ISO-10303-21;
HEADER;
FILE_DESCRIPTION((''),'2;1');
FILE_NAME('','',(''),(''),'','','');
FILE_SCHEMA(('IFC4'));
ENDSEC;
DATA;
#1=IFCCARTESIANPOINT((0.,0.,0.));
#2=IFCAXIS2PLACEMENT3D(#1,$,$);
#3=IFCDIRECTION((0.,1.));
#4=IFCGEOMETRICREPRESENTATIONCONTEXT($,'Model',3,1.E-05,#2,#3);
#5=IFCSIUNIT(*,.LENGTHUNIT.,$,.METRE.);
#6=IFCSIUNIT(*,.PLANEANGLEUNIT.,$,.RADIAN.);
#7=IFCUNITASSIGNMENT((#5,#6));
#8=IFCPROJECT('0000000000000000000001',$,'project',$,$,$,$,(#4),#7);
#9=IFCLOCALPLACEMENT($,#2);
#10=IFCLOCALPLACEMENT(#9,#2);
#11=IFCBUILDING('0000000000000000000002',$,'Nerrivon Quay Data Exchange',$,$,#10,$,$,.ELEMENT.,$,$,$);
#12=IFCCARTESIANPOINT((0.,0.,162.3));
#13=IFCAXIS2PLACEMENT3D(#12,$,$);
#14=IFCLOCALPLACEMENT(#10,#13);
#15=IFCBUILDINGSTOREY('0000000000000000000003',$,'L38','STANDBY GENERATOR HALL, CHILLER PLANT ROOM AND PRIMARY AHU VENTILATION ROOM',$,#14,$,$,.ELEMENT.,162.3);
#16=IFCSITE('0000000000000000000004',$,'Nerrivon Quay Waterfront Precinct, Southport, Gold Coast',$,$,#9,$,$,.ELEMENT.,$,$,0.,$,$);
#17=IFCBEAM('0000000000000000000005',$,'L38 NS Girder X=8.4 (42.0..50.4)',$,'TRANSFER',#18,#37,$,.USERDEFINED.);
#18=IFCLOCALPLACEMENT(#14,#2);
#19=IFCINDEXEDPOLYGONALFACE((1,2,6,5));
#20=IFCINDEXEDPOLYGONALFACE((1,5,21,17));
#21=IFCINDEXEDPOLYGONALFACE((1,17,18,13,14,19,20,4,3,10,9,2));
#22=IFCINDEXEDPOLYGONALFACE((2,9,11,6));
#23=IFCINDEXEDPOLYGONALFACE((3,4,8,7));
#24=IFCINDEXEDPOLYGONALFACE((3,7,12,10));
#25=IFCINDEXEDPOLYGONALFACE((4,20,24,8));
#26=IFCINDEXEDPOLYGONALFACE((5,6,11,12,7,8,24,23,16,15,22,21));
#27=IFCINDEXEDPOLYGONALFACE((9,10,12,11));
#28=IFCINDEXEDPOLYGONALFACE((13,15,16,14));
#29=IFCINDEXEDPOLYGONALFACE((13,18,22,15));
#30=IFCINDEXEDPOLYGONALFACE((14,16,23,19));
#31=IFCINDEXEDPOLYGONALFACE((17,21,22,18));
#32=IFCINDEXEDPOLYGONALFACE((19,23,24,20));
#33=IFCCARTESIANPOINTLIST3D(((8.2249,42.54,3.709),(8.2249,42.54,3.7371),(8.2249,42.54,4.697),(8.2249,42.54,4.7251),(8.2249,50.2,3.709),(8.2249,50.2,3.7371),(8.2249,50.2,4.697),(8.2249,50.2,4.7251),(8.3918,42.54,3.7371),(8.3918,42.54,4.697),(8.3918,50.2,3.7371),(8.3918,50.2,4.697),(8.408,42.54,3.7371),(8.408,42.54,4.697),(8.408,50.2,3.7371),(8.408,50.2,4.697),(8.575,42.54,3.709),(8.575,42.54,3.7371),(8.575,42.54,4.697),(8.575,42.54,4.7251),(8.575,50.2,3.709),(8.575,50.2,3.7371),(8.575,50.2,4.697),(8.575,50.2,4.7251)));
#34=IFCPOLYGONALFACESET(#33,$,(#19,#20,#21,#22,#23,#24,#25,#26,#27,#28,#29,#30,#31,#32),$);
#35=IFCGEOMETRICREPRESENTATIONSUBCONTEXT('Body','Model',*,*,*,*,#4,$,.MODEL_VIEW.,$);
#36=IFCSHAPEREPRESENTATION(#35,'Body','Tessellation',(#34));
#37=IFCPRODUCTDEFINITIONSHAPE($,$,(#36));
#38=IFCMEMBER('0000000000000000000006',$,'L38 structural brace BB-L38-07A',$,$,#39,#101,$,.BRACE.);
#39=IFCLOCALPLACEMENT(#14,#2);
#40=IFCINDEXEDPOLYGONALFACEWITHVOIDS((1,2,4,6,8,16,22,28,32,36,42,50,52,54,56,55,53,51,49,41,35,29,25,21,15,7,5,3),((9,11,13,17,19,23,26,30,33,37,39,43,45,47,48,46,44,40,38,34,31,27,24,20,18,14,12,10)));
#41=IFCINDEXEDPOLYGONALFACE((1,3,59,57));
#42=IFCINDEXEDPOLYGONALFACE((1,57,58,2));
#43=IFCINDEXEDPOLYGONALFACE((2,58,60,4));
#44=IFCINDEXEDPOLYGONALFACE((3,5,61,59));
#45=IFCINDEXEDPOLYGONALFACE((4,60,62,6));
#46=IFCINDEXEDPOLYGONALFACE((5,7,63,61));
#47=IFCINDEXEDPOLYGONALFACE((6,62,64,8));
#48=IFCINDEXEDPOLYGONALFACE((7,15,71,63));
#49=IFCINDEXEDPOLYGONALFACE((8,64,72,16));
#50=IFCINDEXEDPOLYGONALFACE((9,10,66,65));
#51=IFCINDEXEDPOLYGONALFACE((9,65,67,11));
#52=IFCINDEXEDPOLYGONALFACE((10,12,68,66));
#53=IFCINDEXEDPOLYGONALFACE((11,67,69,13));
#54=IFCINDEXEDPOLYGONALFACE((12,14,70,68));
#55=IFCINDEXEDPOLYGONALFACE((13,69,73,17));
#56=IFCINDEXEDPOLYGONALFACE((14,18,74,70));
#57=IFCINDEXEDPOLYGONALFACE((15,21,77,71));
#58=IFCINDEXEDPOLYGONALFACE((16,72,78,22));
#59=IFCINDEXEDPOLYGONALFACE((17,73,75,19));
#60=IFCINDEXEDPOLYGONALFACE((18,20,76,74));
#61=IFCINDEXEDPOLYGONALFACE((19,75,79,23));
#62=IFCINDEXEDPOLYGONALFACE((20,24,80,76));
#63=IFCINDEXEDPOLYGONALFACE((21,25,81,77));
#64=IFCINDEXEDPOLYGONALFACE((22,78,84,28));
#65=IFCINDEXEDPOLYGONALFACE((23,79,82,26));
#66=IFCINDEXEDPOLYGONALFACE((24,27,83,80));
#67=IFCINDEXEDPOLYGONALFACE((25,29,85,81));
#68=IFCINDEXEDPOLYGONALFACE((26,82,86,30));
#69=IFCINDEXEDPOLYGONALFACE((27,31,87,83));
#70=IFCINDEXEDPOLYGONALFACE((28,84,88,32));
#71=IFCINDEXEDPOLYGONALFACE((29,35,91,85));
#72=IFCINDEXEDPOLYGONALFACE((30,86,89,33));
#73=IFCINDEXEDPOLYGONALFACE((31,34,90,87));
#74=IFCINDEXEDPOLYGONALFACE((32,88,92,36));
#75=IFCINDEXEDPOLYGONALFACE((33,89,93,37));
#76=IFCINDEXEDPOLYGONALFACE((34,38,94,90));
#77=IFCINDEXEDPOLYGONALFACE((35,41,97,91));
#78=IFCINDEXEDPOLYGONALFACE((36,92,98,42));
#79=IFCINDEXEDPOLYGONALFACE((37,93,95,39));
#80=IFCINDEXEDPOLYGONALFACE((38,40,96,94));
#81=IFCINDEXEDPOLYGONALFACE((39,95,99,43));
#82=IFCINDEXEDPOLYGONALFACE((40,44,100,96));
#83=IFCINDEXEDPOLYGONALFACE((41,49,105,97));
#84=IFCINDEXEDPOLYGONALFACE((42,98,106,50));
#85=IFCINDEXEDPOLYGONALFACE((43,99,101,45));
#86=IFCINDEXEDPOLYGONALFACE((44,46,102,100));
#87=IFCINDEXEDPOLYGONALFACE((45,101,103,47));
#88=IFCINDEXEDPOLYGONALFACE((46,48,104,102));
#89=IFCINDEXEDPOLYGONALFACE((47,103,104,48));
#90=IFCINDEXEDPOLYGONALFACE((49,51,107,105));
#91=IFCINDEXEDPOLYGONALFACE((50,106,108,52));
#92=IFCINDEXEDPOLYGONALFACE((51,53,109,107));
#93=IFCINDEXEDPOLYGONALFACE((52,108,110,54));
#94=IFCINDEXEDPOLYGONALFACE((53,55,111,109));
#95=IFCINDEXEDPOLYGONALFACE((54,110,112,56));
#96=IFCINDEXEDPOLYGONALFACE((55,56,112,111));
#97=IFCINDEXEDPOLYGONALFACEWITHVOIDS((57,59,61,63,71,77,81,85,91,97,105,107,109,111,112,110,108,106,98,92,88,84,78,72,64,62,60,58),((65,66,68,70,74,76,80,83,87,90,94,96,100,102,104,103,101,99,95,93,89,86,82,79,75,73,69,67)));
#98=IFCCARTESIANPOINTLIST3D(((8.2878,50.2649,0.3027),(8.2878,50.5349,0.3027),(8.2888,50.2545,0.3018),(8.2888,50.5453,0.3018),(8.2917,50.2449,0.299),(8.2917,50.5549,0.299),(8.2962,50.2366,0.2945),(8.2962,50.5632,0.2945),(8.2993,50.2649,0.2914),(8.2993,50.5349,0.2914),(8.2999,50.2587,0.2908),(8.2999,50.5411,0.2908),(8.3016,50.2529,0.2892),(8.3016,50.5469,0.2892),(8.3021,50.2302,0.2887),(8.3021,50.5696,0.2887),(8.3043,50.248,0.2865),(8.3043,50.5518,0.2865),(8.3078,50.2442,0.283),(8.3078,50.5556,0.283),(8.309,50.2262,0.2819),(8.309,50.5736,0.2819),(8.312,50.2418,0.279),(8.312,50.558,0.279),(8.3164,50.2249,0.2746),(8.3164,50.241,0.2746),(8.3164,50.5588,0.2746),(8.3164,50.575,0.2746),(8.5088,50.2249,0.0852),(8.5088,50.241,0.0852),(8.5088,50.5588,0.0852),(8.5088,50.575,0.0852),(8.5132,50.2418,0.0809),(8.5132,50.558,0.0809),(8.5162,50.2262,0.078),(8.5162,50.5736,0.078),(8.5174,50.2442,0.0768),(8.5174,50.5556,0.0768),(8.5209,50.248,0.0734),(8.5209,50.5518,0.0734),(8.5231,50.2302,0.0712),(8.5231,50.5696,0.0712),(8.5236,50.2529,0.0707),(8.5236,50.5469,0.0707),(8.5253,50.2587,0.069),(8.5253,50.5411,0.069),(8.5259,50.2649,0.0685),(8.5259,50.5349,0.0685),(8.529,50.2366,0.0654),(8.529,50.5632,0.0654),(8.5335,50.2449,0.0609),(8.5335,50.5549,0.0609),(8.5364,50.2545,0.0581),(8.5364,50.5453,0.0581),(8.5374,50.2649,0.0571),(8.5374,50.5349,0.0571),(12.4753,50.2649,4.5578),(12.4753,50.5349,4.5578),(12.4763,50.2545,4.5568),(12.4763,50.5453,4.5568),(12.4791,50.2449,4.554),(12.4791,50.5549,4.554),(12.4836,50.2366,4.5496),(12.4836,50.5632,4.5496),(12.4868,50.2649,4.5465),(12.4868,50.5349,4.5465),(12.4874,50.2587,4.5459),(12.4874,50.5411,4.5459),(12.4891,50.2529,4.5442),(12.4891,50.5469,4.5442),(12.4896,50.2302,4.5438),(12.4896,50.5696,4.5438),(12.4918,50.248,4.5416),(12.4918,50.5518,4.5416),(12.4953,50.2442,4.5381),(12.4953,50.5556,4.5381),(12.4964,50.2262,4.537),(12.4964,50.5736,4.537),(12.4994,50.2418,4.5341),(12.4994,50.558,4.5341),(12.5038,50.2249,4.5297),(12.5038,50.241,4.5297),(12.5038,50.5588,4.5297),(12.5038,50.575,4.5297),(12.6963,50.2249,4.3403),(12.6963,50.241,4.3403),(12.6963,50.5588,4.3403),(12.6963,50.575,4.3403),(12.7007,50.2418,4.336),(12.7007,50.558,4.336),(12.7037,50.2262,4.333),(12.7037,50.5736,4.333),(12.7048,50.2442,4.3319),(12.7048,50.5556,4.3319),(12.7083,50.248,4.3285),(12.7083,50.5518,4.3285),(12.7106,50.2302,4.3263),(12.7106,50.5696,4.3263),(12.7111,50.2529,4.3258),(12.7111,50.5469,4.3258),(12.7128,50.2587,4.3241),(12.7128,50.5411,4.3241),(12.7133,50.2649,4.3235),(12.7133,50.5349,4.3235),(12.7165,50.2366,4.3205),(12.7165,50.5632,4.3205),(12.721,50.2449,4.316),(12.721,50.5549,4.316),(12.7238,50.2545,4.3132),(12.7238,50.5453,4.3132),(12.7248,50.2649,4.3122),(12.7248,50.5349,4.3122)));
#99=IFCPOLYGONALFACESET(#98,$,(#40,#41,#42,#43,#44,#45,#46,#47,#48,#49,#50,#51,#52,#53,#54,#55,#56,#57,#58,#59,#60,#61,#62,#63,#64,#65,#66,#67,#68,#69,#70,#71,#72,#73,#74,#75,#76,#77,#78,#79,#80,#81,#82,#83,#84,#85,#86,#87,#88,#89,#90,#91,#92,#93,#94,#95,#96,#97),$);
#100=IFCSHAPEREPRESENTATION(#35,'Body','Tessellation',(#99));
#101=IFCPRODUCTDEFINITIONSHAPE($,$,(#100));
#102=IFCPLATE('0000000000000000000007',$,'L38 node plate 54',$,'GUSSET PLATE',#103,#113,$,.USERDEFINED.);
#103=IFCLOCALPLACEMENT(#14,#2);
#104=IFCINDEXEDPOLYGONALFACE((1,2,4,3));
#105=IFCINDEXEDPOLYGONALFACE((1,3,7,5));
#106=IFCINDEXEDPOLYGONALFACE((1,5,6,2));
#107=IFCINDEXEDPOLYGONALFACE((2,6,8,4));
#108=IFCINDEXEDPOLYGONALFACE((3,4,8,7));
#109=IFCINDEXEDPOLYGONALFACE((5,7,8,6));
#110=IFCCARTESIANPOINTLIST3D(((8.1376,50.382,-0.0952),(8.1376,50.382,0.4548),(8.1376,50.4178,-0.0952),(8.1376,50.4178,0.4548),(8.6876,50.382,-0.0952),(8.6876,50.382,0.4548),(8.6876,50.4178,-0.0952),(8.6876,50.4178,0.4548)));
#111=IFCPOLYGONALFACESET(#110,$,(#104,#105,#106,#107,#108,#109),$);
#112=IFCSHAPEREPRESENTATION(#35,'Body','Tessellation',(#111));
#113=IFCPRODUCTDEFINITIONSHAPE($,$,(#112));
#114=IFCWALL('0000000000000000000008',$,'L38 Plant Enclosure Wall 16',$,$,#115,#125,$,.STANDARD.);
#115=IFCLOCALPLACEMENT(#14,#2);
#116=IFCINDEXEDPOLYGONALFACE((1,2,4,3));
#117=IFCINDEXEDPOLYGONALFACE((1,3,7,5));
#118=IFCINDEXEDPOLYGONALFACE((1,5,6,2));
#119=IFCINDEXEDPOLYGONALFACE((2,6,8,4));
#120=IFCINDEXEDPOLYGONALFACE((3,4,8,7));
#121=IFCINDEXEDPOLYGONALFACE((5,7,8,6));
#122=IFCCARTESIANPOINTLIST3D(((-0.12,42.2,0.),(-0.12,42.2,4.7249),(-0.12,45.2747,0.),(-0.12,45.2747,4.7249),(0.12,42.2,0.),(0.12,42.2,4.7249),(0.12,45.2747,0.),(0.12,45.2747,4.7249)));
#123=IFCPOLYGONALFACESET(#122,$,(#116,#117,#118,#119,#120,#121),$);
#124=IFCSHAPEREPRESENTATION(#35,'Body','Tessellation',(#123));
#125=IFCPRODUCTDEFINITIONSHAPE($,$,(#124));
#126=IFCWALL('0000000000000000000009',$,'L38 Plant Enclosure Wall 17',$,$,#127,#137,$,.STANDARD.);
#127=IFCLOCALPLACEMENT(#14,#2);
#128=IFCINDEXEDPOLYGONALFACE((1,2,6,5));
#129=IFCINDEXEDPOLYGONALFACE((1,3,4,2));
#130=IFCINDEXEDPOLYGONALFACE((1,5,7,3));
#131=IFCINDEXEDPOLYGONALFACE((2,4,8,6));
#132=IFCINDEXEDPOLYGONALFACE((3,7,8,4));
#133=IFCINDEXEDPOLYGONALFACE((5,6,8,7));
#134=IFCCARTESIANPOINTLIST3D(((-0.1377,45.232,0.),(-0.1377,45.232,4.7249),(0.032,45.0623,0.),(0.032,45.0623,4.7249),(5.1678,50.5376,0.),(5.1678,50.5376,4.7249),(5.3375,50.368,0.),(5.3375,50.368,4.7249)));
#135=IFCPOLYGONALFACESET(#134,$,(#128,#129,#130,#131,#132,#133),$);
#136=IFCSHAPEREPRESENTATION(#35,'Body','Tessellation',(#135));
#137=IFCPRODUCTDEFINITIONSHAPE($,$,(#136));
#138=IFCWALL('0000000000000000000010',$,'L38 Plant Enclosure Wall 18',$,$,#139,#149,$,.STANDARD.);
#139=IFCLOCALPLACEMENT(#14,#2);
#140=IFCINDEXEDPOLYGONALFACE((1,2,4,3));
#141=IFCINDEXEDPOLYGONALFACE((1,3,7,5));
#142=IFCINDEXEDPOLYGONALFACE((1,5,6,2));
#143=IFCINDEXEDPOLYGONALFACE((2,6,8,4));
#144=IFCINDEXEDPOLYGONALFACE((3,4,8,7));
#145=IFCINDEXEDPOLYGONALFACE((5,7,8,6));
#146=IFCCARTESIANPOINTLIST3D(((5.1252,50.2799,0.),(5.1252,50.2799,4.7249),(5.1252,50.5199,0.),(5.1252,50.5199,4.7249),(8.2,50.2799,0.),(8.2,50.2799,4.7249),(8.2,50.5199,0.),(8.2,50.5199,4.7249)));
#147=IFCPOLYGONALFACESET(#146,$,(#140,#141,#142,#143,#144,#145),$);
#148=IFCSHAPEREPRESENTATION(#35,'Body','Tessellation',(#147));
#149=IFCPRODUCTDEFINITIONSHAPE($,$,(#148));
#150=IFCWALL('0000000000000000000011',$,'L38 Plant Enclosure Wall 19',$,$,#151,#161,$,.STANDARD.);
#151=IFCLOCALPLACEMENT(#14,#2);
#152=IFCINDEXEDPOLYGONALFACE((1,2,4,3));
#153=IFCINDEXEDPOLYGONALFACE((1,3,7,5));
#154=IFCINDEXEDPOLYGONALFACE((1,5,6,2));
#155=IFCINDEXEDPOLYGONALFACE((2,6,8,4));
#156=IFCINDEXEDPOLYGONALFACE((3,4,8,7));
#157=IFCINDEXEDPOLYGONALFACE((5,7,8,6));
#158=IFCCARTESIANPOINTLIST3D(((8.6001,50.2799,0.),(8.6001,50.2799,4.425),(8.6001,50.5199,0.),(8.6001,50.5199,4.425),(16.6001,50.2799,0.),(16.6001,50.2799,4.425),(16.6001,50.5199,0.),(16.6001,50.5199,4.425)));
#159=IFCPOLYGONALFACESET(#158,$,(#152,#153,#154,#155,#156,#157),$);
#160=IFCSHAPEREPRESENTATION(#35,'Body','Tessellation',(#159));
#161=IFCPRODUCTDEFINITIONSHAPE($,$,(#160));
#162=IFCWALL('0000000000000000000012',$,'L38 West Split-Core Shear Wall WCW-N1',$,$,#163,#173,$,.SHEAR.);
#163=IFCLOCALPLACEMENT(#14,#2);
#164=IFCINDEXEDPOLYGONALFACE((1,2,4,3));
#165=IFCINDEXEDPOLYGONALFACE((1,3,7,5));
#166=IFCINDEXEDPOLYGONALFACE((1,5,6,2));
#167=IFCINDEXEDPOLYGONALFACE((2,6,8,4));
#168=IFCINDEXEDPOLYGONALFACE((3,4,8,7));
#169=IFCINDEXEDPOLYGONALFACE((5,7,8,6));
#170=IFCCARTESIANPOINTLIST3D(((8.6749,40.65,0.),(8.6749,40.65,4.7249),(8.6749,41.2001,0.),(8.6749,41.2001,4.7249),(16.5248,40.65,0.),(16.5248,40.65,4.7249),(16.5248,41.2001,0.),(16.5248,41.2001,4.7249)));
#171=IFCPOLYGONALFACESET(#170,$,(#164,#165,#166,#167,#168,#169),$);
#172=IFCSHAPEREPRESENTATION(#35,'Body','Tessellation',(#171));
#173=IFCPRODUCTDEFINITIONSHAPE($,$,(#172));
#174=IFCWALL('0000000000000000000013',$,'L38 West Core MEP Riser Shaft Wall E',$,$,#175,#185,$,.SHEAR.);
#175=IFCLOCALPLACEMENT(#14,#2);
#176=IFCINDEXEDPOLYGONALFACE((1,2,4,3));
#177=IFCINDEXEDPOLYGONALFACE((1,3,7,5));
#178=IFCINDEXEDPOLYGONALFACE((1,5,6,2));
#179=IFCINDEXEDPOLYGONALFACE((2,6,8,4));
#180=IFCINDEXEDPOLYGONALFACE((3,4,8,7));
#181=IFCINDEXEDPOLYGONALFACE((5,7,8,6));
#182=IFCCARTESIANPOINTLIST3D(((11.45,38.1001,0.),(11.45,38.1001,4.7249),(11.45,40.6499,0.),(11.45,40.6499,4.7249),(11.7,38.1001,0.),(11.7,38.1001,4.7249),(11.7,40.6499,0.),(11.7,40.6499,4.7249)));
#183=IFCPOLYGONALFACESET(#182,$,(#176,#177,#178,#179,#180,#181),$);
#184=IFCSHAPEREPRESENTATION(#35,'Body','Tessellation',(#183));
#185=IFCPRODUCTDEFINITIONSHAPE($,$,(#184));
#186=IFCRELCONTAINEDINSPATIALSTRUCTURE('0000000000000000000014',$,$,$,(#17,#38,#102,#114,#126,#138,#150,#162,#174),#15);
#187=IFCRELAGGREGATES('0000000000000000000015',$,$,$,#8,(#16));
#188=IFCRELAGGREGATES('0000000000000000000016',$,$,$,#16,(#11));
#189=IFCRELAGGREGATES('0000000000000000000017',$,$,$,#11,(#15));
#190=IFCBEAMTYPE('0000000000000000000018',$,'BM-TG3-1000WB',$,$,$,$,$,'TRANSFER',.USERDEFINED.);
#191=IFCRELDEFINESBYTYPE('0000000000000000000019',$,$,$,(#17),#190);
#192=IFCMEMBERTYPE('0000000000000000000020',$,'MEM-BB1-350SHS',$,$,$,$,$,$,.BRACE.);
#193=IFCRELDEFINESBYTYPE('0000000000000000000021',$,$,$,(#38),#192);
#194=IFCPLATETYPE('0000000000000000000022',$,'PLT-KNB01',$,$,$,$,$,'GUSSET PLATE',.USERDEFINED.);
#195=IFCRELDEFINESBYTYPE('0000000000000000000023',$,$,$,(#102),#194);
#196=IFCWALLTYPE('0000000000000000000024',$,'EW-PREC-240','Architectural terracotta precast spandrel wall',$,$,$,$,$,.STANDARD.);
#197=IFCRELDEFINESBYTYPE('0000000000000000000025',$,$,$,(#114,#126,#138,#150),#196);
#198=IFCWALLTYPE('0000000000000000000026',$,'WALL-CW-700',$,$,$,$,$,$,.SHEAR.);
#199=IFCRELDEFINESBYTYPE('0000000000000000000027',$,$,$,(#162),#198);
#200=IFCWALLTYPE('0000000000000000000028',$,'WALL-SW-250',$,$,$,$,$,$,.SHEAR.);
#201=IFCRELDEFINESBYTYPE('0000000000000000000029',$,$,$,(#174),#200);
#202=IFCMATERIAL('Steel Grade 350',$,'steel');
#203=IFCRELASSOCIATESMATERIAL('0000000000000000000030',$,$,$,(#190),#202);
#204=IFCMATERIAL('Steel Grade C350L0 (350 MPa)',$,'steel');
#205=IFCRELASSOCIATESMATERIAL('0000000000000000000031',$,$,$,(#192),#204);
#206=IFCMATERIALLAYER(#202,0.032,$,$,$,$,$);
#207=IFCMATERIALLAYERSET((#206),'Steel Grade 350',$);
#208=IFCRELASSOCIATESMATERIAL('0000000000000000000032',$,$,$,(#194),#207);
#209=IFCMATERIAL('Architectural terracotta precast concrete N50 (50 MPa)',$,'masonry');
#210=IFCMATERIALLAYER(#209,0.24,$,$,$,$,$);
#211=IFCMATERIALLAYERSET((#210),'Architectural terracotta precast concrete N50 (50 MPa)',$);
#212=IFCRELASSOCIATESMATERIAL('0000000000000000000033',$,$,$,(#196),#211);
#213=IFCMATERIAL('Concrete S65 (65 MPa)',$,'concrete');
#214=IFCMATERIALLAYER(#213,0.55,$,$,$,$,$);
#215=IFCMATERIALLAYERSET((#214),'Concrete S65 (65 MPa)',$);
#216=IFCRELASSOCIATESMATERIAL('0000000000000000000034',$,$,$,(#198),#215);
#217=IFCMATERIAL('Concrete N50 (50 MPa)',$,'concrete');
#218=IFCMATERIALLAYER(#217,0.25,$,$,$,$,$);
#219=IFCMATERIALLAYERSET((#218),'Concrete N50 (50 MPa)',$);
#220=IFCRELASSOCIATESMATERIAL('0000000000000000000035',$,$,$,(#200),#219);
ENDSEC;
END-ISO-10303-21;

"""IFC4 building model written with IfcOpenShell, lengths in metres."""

from ifc_helpers import new_model, si_unit, direction, frame, frame_2d, origin, origin_2d, place, context, subcontext, project, spatial, rectangle, hollow_rectangle, i_section, extrude, material, layer, layer_set, material_profile, profile_set, type_object, element, save


model = new_model("IFC4")

# Units and contexts
model_context = context("Model", 3, precision=1e-05, world=origin(), true_north=direction((0.0, 1.0)))
body_context = subcontext(model_context, "Body", "Model", "MODEL_VIEW")
ifc_project = project(units=[si_unit("LENGTHUNIT", "METRE"), si_unit("PLANEANGLEUNIT", "RADIAN")], contexts=[model_context])

# Site, building, storey
site_placement = place(None, origin())
site = spatial("IfcSite", under=ifc_project, at=site_placement, Name="Nerrivon Quay Waterfront Precinct, Southport, Gold Coast", CompositionType="ELEMENT", RefElevation=0.0)
building_placement = place(site_placement, origin())
building = spatial("IfcBuilding", under=site, at=building_placement, Name="Nerrivon Quay Data Exchange", CompositionType="ELEMENT")
storey_placement = place(building_placement, frame((0.0, 0.0, 162.3)))
storey = spatial("IfcBuildingStorey", under=building, at=storey_placement, Name="L38", Description="STANDBY GENERATOR HALL, CHILLER PLANT ROOM AND PRIMARY AHU VENTILATION ROOM", CompositionType="ELEMENT", Elevation=162.3)

# Shared definitions
ifc_material_1 = material(Name="Concrete S65 (65 MPa)", Category="concrete")
ifc_material_2 = material(Name="Steel Grade 350", Category="steel")

# Beam
ifc_material_3 = material(Name="Steel Grade C350L0 (350 MPa)", Category="steel")
ifc_material_profile_1 = material_profile(ifc_material_2, i_section(OverallWidth=0.3501, OverallDepth=1.0161, WebThickness=0.0161, FlangeThickness=0.0281, at=origin_2d()), Name="1000WB258")
ifc_profile_set_1 = profile_set([ifc_material_profile_1], Name="Steel Grade 350")
beam_type_1 = type_object("IfcBeamType", Name="BM-TG3-1000WB", ElementType="TRANSFER", PredefinedType="USERDEFINED", material=ifc_profile_set_1)
beam_1_placement = place(storey_placement, frame((8.3999, 42.54, 4.217), z_axis=(0.0, 1.0, 0.0), x_axis=(-1.0, 0.0, 0.0)))
element("IfcBeam", 1, at=beam_1_placement, inside=storey, type_object=beam_type_1, Name="L38 NS Girder X=8.4 (42.0..50.4)", ObjectType="TRANSFER", PredefinedType="USERDEFINED", context=body_context, shape_type="SweptSolid", body=[
    extrude(i_section(OverallWidth=0.3501, OverallDepth=1.0161, WebThickness=0.0161, FlangeThickness=0.0281, at=origin_2d()), origin(), (0.0, 0.0, 1.0), 7.6599),
])

# Member
ifc_material_profile_2 = material_profile(ifc_material_3, hollow_rectangle(XDim=0.3501, YDim=0.3501, WallThickness=0.0161, InnerFilletRadius=0.0239, OuterFilletRadius=0.04, at=origin_2d()), Name="350x350x16.0SHS")
ifc_profile_set_2 = profile_set([ifc_material_profile_2], Name="Steel Grade C350L0 (350 MPa)")
member_type = type_object("IfcMemberType", Name="MEM-BB1-350SHS", PredefinedType="BRACE", material=ifc_profile_set_2)
member_placement = place(storey_placement, frame((8.4126, 50.3999, 0.1799), z_axis=(0.70142, 0.0, 0.712748), x_axis=(0.0, 1.0, 0.0)))
element("IfcMember", 2, at=member_placement, inside=storey, type_object=member_type, Name="L38 structural brace BB-L38-07A", PredefinedType="BRACE", context=body_context, shape_type="SweptSolid", body=[
    extrude(hollow_rectangle(XDim=0.3501, YDim=0.3501, WallThickness=0.0161, InnerFilletRadius=0.0239, OuterFilletRadius=0.04, at=origin_2d()), origin(), (0.0, 0.0, 1.0), 5.97),
])

# Plate
ifc_layer_1 = layer(ifc_material_2, 0.032)
ifc_layer_set_1 = layer_set([ifc_layer_1], Name="Steel Grade 350")
plate_type = type_object("IfcPlateType", Name="PLT-KNB01", ElementType="GUSSET PLATE", PredefinedType="USERDEFINED", material=ifc_layer_set_1)
plate_placement = place(storey_placement, frame((8.4126, 50.3999, -0.0952), z_axis=(0.0, 0.0, 1.0), x_axis=(1.0, 0.0, 0.0)))
element("IfcPlate", 3, at=plate_placement, inside=storey, type_object=plate_type, Name="L38 node plate 54", ObjectType="GUSSET PLATE", PredefinedType="USERDEFINED", context=body_context, shape_type="SweptSolid", body=[
    extrude(rectangle(XDim=0.55, YDim=0.0359, at=origin_2d()), origin(), (0.0, 0.0, 1.0), 0.55),
])

# Walls
ifc_material_4 = material(Name="Architectural terracotta precast concrete N50 (50 MPa)", Category="masonry")
ifc_layer_2 = layer(ifc_material_4, 0.24)
ifc_layer_set_2 = layer_set([ifc_layer_2], Name="Architectural terracotta precast concrete N50 (50 MPa)")
wall_type_1 = type_object("IfcWallType", Name="EW-PREC-240", Description="Architectural terracotta precast spandrel wall", PredefinedType="STANDARD", material=ifc_layer_set_2)
wall_1_placement = place(storey_placement, frame((0.0, 42.2, 0.0), z_axis=(0.0, 0.0, 1.0), x_axis=(0.0, 1.0, 0.0)))
element("IfcWall", 4, at=wall_1_placement, inside=storey, type_object=wall_type_1, Name="L38 Plant Enclosure Wall 16", PredefinedType="STANDARD", context=body_context, shape_type="SweptSolid", body=[
    extrude(rectangle(XDim=3.0747, YDim=0.24, at=frame_2d((1.5374, 0.0))), origin(), (0.0, 0.0, 1.0), 4.7249),
])
wall_2_placement = place(storey_placement, frame((-0.0527, 45.1472, 0.0), z_axis=(0.0, 0.0, 1.0), x_axis=(0.707091, 0.707123, 0.0)))
element("IfcWall", 5, at=wall_2_placement, inside=storey, type_object=wall_type_1, Name="L38 Plant Enclosure Wall 17", PredefinedType="STANDARD", context=body_context, shape_type="SweptSolid", body=[
    extrude(rectangle(XDim=7.5032, YDim=0.24, at=frame_2d((3.7515, 0.0))), origin(), (0.0, 0.0, 1.0), 4.7249),
])
wall_3_placement = place(storey_placement, frame((5.1252, 50.3999, 0.0), z_axis=(0.0, 0.0, 1.0), x_axis=(1.0, 0.0, 0.0)))
element("IfcWall", 6, at=wall_3_placement, inside=storey, type_object=wall_type_1, Name="L38 Plant Enclosure Wall 18", PredefinedType="STANDARD", context=body_context, shape_type="SweptSolid", body=[
    extrude(rectangle(XDim=3.0747, YDim=0.24, at=frame_2d((1.5374, 0.0))), origin(), (0.0, 0.0, 1.0), 4.7249),
])
wall_4_placement = place(storey_placement, frame((8.6001, 50.3999, 0.0), z_axis=(0.0, 0.0, 1.0), x_axis=(1.0, 0.0, 0.0)))
element("IfcWall", 7, at=wall_4_placement, inside=storey, type_object=wall_type_1, Name="L38 Plant Enclosure Wall 19", PredefinedType="STANDARD", context=body_context, shape_type="SweptSolid", body=[
    extrude(rectangle(XDim=8.0, YDim=0.24, at=frame_2d((4.0, 0.0))), origin(), (0.0, 0.0, 1.0), 4.425),
])
ifc_layer_3 = layer(ifc_material_1, 0.55)
ifc_layer_set_3 = layer_set([ifc_layer_3], Name="Concrete S65 (65 MPa)")
wall_type_2 = type_object("IfcWallType", Name="WALL-CW-700", PredefinedType="SHEAR", material=ifc_layer_set_3)
wall_5_placement = place(storey_placement, frame((8.675, 40.925, 0.0), z_axis=(0.0, 0.0, 1.0), x_axis=(1.0, 0.0, 0.0)))
element("IfcWall", 8, at=wall_5_placement, inside=storey, type_object=wall_type_2, Name="L38 West Split-Core Shear Wall WCW-N1", PredefinedType="SHEAR", context=body_context, shape_type="SweptSolid", body=[
    extrude(rectangle(XDim=7.8499, YDim=0.55, at=frame_2d((3.9248, 0.0))), origin(), (0.0, 0.0, 1.0), 4.7249),
])
ifc_material_5 = material(Name="Concrete N50 (50 MPa)", Category="concrete")
ifc_layer_4 = layer(ifc_material_5, 0.25)
ifc_layer_set_4 = layer_set([ifc_layer_4], Name="Concrete N50 (50 MPa)")
wall_type_3 = type_object("IfcWallType", Name="WALL-SW-250", PredefinedType="SHEAR", material=ifc_layer_set_4)
wall_6_placement = place(storey_placement, frame((11.575, 38.1001, 0.0), z_axis=(0.0, 0.0, 1.0), x_axis=(0.0, 1.0, 0.0)))
element("IfcWall", 9, at=wall_6_placement, inside=storey, type_object=wall_type_3, Name="L38 West Core MEP Riser Shaft Wall E", PredefinedType="SHEAR", context=body_context, shape_type="SweptSolid", body=[
    extrude(rectangle(XDim=2.5498, YDim=0.25, at=frame_2d((1.2749, 0.0))), origin(), (0.0, 0.0, 1.0), 4.7249),
])

save(model, "model.ifc")
